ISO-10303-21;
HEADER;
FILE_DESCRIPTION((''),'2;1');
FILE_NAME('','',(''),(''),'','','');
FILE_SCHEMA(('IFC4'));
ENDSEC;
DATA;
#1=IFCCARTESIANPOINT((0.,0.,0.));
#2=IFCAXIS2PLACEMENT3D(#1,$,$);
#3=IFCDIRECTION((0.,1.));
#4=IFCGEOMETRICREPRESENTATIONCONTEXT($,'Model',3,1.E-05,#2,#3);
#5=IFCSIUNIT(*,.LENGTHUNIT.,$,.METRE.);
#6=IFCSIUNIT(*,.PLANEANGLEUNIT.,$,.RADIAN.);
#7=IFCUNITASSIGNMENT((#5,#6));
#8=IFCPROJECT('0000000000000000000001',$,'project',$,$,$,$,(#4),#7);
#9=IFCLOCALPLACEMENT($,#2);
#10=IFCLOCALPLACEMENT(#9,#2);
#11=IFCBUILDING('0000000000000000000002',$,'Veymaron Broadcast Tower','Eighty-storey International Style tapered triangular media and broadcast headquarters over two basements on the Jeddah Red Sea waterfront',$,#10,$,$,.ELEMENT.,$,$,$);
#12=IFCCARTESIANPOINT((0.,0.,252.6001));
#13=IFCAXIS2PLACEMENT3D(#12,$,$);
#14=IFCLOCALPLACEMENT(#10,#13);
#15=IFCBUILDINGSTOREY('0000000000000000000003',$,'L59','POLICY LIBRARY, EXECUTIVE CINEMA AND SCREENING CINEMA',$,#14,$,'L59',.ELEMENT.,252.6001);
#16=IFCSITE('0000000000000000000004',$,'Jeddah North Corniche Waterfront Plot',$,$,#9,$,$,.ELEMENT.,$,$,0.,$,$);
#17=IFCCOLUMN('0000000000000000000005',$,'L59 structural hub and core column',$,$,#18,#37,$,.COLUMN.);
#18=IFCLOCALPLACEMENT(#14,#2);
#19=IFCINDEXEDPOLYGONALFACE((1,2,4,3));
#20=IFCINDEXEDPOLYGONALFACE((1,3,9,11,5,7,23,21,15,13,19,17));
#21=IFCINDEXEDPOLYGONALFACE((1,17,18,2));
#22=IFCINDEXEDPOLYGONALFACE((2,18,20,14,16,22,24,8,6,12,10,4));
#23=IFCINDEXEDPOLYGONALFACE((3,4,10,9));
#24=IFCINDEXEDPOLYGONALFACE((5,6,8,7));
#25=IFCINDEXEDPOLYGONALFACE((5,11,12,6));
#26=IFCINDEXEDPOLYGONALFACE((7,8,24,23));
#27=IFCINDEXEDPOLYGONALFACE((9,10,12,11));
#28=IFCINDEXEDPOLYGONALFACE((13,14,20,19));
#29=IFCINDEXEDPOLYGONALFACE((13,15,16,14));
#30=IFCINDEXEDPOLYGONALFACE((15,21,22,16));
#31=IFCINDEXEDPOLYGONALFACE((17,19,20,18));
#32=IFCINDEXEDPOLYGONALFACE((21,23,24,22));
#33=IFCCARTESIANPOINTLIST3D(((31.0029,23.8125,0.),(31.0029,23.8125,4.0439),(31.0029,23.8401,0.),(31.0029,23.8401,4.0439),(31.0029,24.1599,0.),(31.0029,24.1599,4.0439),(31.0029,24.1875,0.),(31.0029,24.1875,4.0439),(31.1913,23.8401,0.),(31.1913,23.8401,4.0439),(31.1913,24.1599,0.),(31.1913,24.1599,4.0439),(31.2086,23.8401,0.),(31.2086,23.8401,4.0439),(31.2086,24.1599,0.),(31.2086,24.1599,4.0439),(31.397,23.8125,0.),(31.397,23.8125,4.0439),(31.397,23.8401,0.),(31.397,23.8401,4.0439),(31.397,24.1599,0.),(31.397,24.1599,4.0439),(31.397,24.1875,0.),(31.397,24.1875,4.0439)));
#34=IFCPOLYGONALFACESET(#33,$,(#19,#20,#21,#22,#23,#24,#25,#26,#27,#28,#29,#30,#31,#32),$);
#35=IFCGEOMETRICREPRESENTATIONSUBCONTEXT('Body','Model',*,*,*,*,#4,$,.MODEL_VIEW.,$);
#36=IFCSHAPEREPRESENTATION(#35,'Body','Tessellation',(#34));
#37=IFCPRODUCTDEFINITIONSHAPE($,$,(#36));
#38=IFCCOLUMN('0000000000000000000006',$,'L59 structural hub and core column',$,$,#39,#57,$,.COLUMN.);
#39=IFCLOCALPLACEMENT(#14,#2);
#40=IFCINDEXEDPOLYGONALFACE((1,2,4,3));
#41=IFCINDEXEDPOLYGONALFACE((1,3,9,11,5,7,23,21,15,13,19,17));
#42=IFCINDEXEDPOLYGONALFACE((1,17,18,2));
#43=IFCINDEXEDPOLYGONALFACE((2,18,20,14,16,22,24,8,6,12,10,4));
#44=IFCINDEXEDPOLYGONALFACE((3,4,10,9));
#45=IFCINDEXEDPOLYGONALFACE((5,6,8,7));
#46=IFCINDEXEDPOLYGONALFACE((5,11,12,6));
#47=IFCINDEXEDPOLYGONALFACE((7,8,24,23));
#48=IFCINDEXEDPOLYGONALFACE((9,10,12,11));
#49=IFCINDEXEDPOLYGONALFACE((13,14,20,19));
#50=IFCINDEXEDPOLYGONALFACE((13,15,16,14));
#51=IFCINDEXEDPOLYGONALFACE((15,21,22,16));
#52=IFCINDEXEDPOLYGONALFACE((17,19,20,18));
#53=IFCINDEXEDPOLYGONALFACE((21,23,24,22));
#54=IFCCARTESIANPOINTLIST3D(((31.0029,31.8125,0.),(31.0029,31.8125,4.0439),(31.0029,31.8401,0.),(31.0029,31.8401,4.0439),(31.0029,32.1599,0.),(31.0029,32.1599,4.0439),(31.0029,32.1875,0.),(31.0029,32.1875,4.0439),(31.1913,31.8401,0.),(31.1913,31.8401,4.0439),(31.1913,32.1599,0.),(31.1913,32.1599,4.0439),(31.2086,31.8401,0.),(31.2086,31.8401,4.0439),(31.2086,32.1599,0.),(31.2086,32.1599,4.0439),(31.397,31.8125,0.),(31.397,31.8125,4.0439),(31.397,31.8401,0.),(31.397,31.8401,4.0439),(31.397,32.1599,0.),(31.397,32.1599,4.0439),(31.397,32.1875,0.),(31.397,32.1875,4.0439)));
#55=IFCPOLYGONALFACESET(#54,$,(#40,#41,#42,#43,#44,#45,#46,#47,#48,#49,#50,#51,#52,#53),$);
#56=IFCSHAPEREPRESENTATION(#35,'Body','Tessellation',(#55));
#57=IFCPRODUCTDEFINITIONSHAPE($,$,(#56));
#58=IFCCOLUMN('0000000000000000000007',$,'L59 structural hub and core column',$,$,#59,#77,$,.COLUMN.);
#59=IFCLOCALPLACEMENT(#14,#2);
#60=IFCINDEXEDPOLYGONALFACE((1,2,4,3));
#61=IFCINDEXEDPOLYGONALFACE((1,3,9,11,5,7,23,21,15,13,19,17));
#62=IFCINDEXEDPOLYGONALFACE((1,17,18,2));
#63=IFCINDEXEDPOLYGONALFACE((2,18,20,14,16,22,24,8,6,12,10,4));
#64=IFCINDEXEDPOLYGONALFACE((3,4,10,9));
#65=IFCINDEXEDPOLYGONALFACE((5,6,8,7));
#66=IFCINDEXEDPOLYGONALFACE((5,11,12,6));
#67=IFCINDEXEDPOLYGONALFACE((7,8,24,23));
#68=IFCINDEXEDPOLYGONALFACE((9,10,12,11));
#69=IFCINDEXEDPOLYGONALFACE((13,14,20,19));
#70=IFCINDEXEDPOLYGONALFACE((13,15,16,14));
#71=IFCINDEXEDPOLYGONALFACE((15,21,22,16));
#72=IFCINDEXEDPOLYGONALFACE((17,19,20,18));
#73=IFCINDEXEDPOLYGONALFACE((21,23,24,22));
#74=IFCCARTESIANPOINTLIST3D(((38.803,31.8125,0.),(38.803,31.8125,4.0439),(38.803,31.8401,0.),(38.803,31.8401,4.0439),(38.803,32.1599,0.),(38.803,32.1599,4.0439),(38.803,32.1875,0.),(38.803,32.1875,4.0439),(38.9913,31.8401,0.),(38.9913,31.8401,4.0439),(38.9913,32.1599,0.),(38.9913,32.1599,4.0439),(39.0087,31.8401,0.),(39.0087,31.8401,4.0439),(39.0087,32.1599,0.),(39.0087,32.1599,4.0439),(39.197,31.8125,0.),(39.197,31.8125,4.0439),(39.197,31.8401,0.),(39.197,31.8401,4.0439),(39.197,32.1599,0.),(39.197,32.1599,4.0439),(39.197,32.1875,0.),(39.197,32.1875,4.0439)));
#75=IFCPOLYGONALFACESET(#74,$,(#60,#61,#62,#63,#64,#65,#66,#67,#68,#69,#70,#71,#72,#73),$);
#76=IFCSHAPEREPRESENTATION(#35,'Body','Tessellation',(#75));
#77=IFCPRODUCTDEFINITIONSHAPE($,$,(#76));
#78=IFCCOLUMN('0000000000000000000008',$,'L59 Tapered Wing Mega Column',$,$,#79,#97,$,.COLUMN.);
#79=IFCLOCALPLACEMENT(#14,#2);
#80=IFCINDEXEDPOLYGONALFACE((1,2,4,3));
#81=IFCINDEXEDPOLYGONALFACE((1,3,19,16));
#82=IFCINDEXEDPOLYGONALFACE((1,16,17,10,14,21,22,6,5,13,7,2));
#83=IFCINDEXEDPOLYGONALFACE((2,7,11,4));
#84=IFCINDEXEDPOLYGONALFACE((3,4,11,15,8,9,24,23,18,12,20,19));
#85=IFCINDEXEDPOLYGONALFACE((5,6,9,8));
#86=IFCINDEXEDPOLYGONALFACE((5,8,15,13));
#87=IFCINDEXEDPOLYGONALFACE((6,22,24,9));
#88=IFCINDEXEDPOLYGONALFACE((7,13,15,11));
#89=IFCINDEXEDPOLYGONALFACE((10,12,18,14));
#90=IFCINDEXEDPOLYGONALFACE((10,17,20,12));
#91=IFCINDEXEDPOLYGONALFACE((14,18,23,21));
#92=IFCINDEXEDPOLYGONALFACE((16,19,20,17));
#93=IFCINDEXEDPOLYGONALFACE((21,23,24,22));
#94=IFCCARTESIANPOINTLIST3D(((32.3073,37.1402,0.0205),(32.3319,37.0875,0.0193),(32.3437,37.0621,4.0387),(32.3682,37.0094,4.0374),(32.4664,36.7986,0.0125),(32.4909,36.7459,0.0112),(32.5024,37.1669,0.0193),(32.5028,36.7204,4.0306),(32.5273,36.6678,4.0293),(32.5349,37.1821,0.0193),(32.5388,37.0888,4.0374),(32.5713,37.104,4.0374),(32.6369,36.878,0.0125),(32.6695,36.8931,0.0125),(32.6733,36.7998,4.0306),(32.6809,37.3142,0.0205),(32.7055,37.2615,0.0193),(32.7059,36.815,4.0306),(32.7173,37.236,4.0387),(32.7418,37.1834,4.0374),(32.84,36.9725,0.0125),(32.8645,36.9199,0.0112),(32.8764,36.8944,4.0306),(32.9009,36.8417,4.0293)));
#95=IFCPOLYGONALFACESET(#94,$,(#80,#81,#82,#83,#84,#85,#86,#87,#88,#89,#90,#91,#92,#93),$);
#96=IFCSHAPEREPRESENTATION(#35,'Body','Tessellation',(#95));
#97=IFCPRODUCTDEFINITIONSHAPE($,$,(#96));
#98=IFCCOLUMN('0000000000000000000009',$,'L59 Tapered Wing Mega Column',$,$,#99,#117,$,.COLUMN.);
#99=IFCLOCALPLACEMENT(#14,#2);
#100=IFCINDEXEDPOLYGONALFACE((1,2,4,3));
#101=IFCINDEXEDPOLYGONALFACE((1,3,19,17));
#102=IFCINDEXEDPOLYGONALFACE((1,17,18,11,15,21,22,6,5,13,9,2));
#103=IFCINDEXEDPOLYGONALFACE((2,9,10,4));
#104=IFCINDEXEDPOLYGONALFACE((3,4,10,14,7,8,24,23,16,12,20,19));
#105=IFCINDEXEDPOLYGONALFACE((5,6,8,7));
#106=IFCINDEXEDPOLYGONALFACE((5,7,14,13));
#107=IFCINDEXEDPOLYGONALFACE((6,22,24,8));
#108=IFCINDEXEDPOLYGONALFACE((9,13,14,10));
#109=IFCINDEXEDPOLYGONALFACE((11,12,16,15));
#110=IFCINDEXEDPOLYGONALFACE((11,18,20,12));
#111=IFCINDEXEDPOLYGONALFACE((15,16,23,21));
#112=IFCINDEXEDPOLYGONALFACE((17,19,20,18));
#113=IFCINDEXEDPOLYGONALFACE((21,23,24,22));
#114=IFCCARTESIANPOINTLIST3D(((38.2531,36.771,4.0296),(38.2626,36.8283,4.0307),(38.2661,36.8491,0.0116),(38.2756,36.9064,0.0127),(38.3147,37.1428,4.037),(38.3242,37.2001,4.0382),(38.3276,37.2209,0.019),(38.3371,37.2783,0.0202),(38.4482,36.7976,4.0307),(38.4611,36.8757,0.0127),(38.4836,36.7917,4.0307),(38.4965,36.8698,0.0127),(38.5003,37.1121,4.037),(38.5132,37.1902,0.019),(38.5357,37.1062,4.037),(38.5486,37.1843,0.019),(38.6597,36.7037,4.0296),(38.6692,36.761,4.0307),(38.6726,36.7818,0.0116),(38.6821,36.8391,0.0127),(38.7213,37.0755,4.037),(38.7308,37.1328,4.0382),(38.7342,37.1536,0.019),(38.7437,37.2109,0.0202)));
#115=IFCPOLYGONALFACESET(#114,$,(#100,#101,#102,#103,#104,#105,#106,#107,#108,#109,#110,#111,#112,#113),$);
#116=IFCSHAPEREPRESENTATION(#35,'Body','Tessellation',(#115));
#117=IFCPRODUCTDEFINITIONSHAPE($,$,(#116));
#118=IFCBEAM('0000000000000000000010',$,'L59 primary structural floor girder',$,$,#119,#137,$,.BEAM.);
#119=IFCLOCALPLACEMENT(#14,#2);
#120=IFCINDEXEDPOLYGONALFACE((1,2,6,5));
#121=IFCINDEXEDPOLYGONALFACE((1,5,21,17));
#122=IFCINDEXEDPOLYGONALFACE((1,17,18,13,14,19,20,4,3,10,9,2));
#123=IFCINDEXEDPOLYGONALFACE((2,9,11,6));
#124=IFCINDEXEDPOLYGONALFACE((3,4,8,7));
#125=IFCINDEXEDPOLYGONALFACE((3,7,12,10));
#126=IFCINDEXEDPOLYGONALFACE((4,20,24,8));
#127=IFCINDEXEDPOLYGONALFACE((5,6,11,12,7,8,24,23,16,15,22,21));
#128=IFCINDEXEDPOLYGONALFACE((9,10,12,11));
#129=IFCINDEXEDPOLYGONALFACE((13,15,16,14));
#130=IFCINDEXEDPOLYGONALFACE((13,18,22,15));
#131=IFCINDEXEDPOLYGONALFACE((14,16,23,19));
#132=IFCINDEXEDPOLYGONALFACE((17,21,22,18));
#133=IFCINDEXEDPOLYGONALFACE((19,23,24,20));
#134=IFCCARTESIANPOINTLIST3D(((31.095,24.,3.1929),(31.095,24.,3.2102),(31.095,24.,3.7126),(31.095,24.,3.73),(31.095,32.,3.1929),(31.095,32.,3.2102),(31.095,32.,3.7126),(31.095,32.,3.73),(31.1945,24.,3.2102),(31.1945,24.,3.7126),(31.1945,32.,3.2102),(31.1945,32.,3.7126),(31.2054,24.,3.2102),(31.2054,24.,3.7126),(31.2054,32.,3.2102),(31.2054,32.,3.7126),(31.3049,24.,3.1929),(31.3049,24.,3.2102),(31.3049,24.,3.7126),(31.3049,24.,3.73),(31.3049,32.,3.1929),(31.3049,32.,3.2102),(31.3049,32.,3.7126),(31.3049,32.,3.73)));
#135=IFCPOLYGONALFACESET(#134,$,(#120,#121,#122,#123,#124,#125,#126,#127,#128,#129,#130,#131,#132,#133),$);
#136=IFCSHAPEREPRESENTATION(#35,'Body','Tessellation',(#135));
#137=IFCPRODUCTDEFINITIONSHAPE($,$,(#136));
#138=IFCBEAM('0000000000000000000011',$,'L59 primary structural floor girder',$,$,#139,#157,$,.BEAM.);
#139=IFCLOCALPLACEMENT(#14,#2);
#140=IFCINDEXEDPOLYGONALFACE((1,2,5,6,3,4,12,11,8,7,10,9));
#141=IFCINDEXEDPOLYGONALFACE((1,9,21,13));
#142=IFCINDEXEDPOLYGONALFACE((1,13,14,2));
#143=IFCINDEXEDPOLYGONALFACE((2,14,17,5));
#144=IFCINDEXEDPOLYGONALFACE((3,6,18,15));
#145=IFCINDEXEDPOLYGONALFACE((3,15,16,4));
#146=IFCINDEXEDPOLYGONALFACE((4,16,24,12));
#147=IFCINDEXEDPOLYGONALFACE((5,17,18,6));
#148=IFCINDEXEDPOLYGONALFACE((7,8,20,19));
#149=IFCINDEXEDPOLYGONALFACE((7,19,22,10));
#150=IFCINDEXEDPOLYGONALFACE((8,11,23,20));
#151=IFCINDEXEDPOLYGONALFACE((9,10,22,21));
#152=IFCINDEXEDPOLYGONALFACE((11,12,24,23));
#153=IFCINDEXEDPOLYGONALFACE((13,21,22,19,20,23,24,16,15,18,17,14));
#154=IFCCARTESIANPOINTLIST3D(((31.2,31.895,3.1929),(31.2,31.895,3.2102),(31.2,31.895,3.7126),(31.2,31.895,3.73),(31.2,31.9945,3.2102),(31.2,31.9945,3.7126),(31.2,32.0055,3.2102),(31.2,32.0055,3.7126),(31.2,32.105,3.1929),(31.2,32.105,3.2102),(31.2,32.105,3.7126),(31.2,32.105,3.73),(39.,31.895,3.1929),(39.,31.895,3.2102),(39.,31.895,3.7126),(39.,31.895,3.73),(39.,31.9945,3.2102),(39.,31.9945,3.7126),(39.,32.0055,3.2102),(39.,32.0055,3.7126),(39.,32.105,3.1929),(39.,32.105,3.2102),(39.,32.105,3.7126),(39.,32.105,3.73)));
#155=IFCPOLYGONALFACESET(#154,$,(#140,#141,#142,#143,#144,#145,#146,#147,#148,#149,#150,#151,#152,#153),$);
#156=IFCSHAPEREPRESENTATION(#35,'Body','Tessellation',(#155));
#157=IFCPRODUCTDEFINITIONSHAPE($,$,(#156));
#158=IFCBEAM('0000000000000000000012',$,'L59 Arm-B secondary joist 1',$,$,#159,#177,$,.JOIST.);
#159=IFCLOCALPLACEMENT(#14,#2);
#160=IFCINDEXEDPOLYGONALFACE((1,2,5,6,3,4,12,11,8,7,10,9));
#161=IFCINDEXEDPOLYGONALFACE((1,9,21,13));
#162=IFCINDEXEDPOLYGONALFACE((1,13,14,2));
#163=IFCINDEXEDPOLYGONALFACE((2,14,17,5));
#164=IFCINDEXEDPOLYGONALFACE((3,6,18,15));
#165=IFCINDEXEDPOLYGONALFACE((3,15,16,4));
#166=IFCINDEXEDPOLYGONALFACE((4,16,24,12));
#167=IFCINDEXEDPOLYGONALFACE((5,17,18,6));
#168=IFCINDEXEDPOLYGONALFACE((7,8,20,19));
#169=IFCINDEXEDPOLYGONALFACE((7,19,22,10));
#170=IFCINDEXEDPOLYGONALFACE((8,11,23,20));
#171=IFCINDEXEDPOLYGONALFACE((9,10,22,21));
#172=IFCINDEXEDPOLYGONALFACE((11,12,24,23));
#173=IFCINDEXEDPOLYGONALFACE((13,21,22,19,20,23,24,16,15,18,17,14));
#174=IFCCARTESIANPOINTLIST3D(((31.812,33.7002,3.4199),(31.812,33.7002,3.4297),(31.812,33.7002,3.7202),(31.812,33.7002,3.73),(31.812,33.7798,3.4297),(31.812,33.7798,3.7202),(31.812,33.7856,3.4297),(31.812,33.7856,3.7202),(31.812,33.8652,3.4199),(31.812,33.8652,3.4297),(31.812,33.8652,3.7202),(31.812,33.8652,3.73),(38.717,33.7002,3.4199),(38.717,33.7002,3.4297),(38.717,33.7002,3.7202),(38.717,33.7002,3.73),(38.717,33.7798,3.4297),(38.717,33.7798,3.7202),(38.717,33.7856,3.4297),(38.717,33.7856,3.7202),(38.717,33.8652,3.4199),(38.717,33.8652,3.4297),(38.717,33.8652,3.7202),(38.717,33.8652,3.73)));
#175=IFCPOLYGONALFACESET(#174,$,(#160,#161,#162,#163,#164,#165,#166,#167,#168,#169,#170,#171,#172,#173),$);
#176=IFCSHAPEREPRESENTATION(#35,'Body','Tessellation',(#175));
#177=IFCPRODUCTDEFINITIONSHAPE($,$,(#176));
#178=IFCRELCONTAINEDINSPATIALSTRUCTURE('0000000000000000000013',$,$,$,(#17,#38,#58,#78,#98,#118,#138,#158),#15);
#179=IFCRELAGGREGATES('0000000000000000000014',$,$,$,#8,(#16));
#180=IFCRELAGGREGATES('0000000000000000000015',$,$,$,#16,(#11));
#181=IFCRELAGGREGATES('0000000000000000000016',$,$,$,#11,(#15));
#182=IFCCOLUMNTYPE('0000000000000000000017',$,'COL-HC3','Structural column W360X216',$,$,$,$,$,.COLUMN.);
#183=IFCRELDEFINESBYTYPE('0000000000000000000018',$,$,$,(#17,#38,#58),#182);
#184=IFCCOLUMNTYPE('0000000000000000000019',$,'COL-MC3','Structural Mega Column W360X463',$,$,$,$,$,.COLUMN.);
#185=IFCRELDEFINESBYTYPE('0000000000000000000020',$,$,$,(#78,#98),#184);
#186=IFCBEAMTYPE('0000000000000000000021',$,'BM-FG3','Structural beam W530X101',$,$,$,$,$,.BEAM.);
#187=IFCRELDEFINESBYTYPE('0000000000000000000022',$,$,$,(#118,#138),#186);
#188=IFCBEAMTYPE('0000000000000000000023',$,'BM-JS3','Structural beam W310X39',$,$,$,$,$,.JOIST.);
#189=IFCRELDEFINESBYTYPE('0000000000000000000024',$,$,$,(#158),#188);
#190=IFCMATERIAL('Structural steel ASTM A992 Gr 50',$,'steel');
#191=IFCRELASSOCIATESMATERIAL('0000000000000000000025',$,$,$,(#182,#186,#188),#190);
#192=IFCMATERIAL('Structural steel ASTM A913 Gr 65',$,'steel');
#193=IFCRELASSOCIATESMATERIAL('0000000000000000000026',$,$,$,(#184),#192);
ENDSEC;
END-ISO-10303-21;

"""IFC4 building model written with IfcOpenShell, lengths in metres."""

from ifc_helpers import new_model, si_unit, direction, frame, origin, origin_2d, place, context, subcontext, project, spatial, i_section, extrude, material, material_profile, profile_set, type_object, element, save


model = new_model("IFC4")

# Units and contexts
model_context = context("Model", 3, precision=1e-05, world=origin(), true_north=direction((0.0, 1.0)))
body_context = subcontext(model_context, "Body", "Model", "MODEL_VIEW")
ifc_project = project(units=[si_unit("LENGTHUNIT", "METRE"), si_unit("PLANEANGLEUNIT", "RADIAN")], contexts=[model_context])

# Site, building, storey
site_placement = place(None, origin())
site = spatial("IfcSite", under=ifc_project, at=site_placement, Name="Jeddah North Corniche Waterfront Plot", CompositionType="ELEMENT", RefElevation=0.0)
building_placement = place(site_placement, origin())
building = spatial("IfcBuilding", under=site, at=building_placement, Name="Veymaron Broadcast Tower", Description="Eighty-storey International Style tapered triangular media and broadcast headquarters over two basements on the Jeddah Red Sea waterfront", CompositionType="ELEMENT")
storey_placement = place(building_placement, frame((0.0, 0.0, 252.6001)))
storey = spatial("IfcBuildingStorey", under=building, at=storey_placement, Name="L59", Description="POLICY LIBRARY, EXECUTIVE CINEMA AND SCREENING CINEMA", LongName="L59", CompositionType="ELEMENT", Elevation=252.6001)

# Columns
ifc_material_1 = material(Name="Structural steel ASTM A992 Gr 50", Category="steel")
ifc_material_profile_1 = material_profile(ifc_material_1, i_section(OverallWidth=0.394, OverallDepth=0.375, WebThickness=0.0173, FlangeThickness=0.0276, at=origin_2d()), Name="W360X216")
ifc_profile_set_1 = profile_set([ifc_material_profile_1], Name="Structural steel ASTM A992 Gr 50")
column_type_1 = type_object("IfcColumnType", Name="COL-HC3", Description="Structural column W360X216", PredefinedType="COLUMN", material=ifc_profile_set_1)
for number, where, z_axis, x_axis, name in (
    (1, (31.2, 24.0, 0.0), (0.0, 0.0, 1.0), (1.0, 0.0, 0.0), "L59 structural hub and core column"),
    (2, (31.2, 32.0, 0.0), (0.0, 0.0, 1.0), (1.0, 0.0, 0.0), "L59 structural hub and core column"),
    (3, (39.0, 32.0, 0.0), (0.0, 0.0, 1.0), (1.0, 0.0, 0.0), "L59 structural hub and core column"),
):
    element("IfcColumn", number, at=place(storey_placement, frame(where, z_axis=z_axis, x_axis=x_axis)), inside=storey, type_object=column_type_1, Name=name, PredefinedType="COLUMN", context=body_context, shape_type="SweptSolid", body=[
        extrude(i_section(OverallWidth=0.394, OverallDepth=0.375, WebThickness=0.0173, FlangeThickness=0.0276, at=origin_2d()), origin(), (0.0, 0.0, 1.0), 4.0439),
    ])
ifc_material_2 = material(Name="Structural steel ASTM A913 Gr 65", Category="steel")
ifc_material_profile_2 = material_profile(ifc_material_2, i_section(OverallWidth=0.4121, OverallDepth=0.4351, WebThickness=0.0359, FlangeThickness=0.0581, at=origin_2d()), Name="W360X463")
ifc_profile_set_2 = profile_set([ifc_material_profile_2], Name="Structural steel ASTM A913 Gr 65")
column_type_2 = type_object("IfcColumnType", Name="COL-MC3", Description="Structural Mega Column W360X463", PredefinedType="COLUMN", material=ifc_profile_set_2)
column_1_placement = place(storey_placement, frame((32.5859, 37.03, 0.0159), z_axis=(0.009051, -0.019439, 0.99977), x_axis=(0.906545, 0.42211, 0.0)))
element("IfcColumn", 4, at=column_1_placement, inside=storey, type_object=column_type_2, Name="L59 Tapered Wing Mega Column", PredefinedType="COLUMN", context=body_context, shape_type="SweptSolid", body=[
    extrude(i_section(OverallWidth=0.4121, OverallDepth=0.4351, WebThickness=0.0359, FlangeThickness=0.0581, at=origin_2d()), origin(), (0.0, 0.0, 1.0), 4.019),
])
column_2_placement = place(storey_placement, frame((38.5049, 37.03, 0.0159), z_axis=(-0.00322, -0.01944, 0.999806), x_axis=(0.98656, -0.163399, 0.0)))
element("IfcColumn", 5, at=column_2_placement, inside=storey, type_object=column_type_2, Name="L59 Tapered Wing Mega Column", PredefinedType="COLUMN", context=body_context, shape_type="SweptSolid", body=[
    extrude(i_section(OverallWidth=0.4121, OverallDepth=0.4351, WebThickness=0.0359, FlangeThickness=0.0581, at=origin_2d()), origin(), (0.0, 0.0, 1.0), 4.0188),
])

# Beams
ifc_material_profile_3 = material_profile(ifc_material_1, i_section(OverallWidth=0.21, OverallDepth=0.5371, WebThickness=0.011, FlangeThickness=0.0173, at=origin_2d()), Name="W530X101")
ifc_profile_set_3 = profile_set([ifc_material_profile_3], Name="Structural steel ASTM A992 Gr 50")
beam_type_1 = type_object("IfcBeamType", Name="BM-FG3", Description="Structural beam W530X101", PredefinedType="BEAM", material=ifc_profile_set_3)
beam_1_placement = place(storey_placement, frame((31.2, 24.0, 3.4614), z_axis=(0.0, 1.0, 0.0), x_axis=(-1.0, 0.0, 0.0)))
element("IfcBeam", 6, at=beam_1_placement, inside=storey, type_object=beam_type_1, Name="L59 primary structural floor girder", PredefinedType="BEAM", context=body_context, shape_type="SweptSolid", body=[
    extrude(i_section(OverallWidth=0.21, OverallDepth=0.5371, WebThickness=0.011, FlangeThickness=0.0173, at=origin_2d()), origin(), (0.0, 0.0, 1.0), 8.0),
])
beam_2_placement = place(storey_placement, frame((31.2, 32.0, 3.4614), z_axis=(1.0, 0.0, 0.0), x_axis=(0.0, 1.0, 0.0)))
element("IfcBeam", 7, at=beam_2_placement, inside=storey, type_object=beam_type_1, Name="L59 primary structural floor girder", PredefinedType="BEAM", context=body_context, shape_type="SweptSolid", body=[
    extrude(i_section(OverallWidth=0.21, OverallDepth=0.5371, WebThickness=0.011, FlangeThickness=0.0173, at=origin_2d()), origin(), (0.0, 0.0, 1.0), 7.8),
])
ifc_material_profile_4 = material_profile(ifc_material_1, i_section(OverallWidth=0.165, OverallDepth=0.3101, WebThickness=0.0059, FlangeThickness=0.0098, at=origin_2d()), Name="W310X39")
ifc_profile_set_4 = profile_set([ifc_material_profile_4], Name="Structural steel ASTM A992 Gr 50")
beam_type_2 = type_object("IfcBeamType", Name="BM-JS3", Description="Structural beam W310X39", PredefinedType="JOIST", material=ifc_profile_set_4)
beam_3_placement = place(storey_placement, frame((31.812, 33.7827, 3.575), z_axis=(1.0, 0.0, 0.0), x_axis=(0.0, 1.0, 0.0)))
element("IfcBeam", 8, at=beam_3_placement, inside=storey, type_object=beam_type_2, Name="L59 Arm-B secondary joist 1", PredefinedType="JOIST", context=body_context, shape_type="SweptSolid", body=[
    extrude(i_section(OverallWidth=0.165, OverallDepth=0.3101, WebThickness=0.0059, FlangeThickness=0.0098, at=origin_2d()), origin(), (0.0, 0.0, 1.0), 6.905),
])

save(model, "model.ifc")
